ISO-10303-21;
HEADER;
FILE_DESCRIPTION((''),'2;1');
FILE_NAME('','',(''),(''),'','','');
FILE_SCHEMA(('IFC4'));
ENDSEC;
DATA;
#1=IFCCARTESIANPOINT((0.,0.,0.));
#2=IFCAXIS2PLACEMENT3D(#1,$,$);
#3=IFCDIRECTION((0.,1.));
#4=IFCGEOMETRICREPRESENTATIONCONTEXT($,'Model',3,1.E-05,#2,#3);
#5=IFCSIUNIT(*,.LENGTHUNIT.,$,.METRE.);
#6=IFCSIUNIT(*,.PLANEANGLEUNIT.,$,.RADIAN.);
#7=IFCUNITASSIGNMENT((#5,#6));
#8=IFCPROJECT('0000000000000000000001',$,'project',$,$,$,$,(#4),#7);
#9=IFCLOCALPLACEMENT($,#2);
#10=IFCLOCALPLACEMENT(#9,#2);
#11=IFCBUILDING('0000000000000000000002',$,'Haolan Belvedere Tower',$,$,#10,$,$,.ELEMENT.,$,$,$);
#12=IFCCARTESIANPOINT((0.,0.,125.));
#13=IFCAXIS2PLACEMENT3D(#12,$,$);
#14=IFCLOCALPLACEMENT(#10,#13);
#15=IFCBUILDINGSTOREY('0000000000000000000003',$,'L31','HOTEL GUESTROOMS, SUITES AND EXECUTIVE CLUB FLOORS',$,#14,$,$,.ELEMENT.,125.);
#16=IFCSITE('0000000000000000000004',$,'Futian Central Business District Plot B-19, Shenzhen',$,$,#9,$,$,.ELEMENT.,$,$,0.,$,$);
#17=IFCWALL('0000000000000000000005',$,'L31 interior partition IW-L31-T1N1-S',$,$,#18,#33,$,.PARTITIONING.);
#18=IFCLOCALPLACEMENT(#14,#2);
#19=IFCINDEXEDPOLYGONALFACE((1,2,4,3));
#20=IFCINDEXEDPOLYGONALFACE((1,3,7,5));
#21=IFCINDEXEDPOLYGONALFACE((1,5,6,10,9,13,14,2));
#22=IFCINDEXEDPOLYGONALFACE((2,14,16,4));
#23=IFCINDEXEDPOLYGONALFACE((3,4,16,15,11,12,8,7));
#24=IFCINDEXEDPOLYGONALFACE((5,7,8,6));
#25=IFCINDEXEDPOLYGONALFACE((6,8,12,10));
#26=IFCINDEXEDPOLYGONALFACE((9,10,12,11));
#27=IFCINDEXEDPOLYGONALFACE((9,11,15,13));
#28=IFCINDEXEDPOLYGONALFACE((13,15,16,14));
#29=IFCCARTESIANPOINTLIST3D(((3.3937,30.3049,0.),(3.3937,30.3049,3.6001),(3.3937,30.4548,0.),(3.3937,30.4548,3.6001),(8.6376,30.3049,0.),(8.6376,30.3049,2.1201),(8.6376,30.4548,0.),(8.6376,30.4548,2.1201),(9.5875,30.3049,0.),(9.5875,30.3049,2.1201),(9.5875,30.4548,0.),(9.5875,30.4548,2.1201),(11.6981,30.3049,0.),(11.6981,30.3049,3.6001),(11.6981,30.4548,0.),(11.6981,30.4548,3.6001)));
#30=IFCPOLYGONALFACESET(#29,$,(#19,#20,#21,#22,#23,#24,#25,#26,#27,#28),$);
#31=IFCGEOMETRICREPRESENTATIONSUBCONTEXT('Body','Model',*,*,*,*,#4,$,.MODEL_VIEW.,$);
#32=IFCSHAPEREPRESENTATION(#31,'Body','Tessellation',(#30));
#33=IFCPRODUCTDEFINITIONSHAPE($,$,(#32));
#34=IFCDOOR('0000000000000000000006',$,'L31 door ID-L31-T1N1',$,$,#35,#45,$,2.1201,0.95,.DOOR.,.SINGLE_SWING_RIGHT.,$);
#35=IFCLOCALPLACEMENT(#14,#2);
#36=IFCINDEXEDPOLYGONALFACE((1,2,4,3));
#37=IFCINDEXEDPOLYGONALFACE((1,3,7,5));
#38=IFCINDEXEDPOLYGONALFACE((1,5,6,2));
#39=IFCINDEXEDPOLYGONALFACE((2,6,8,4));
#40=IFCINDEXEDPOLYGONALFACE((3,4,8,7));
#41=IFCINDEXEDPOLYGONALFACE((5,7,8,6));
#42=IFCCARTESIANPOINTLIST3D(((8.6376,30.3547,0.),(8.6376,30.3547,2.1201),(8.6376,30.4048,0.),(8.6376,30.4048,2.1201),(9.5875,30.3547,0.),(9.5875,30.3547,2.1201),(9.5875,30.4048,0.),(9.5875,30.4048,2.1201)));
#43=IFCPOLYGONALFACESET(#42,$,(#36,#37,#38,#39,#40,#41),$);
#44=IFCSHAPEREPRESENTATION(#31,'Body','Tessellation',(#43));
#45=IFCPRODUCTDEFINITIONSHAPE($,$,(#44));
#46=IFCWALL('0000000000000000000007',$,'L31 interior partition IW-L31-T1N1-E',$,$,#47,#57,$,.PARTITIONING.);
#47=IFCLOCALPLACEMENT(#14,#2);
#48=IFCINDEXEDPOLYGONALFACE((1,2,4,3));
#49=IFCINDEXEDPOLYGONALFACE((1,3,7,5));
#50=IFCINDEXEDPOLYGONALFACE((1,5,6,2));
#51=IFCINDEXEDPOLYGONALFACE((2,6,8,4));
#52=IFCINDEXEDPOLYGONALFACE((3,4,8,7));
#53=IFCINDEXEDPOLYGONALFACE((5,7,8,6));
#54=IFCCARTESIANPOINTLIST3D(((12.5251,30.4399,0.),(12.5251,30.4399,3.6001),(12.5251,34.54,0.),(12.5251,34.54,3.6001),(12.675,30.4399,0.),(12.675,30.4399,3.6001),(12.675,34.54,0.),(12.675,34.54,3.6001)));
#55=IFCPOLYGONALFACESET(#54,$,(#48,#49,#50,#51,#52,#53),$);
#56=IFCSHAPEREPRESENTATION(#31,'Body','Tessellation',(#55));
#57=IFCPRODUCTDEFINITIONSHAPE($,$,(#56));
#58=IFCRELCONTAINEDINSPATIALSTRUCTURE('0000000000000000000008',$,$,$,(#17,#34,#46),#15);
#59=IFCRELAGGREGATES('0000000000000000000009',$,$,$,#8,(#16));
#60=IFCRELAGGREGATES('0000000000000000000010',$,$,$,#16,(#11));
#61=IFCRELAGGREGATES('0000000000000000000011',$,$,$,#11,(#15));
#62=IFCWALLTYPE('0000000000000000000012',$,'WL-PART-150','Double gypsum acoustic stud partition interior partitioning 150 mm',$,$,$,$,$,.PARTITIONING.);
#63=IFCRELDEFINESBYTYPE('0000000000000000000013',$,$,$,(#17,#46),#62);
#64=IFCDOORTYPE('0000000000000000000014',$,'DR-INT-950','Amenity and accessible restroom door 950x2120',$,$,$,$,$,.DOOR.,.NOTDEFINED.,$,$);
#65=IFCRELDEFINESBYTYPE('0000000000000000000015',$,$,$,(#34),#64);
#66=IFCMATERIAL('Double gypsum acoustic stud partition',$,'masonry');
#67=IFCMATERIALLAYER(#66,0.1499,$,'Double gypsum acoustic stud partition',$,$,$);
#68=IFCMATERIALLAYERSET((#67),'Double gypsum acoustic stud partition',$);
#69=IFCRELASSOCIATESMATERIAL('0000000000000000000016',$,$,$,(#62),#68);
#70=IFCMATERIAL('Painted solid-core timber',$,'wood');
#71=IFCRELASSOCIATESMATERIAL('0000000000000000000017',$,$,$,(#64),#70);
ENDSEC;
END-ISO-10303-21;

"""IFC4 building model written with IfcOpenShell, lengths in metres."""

from ifc_helpers import new_model, si_unit, direction, frame, frame_2d, origin, place, context, subcontext, project, spatial, rectangle, extrude, material, layer, layer_set, type_object, element, fill, save


model = new_model("IFC4")

# Units and contexts
model_context = context("Model", 3, precision=1e-05, world=origin(), true_north=direction((0.0, 1.0)))
body_context = subcontext(model_context, "Body", "Model", "MODEL_VIEW")
ifc_project = project(units=[si_unit("LENGTHUNIT", "METRE"), si_unit("PLANEANGLEUNIT", "RADIAN")], contexts=[model_context])

# Site, building, storey
site_placement = place(None, origin())
site = spatial("IfcSite", under=ifc_project, at=site_placement, Name="Futian Central Business District Plot B-19, Shenzhen", CompositionType="ELEMENT", RefElevation=0.0)
building_placement = place(site_placement, origin())
building = spatial("IfcBuilding", under=site, at=building_placement, Name="Haolan Belvedere Tower", CompositionType="ELEMENT")
storey_placement = place(building_placement, frame((0.0, 0.0, 125.0)))
storey = spatial("IfcBuildingStorey", under=building, at=storey_placement, Name="L31", Description="HOTEL GUESTROOMS, SUITES AND EXECUTIVE CLUB FLOORS", CompositionType="ELEMENT", Elevation=125.0)

# Shared definitions
ifc_material_1 = material(Name="Double gypsum acoustic stud partition", Category="masonry")
ifc_layer_1 = layer(ifc_material_1, 0.1499, Name="Double gypsum acoustic stud partition")
ifc_layer_set_1 = layer_set([ifc_layer_1], Name="Double gypsum acoustic stud partition")
wall_type_1 = type_object("IfcWallType", Name="WL-PART-150", Description="Double gypsum acoustic stud partition interior partitioning 150 mm", PredefinedType="PARTITIONING", material=ifc_layer_set_1)

# Wall, opening, door
wall_1_placement = place(storey_placement, frame((3.3936, 30.3799, 0.0), z_axis=(0.0, 0.0, 1.0), x_axis=(1.0, 0.0, 0.0)))
wall_1 = element("IfcWall", 1, at=wall_1_placement, inside=storey, type_object=wall_type_1, Name="L31 interior partition IW-L31-T1N1-S", PredefinedType="PARTITIONING", context=body_context, shape_type="SweptSolid", body=[
    extrude(rectangle(XDim=8.3044, YDim=0.1499, at=frame_2d((4.1523, 0.0))), origin(), (0.0, 0.0, 1.0), 3.6001),
])
opening_1_placement = place(wall_1_placement, frame((5.2439, 0.0, 0.0)))
opening_1 = element("IfcOpeningElement", 2, at=opening_1_placement, cuts=wall_1, PredefinedType="OPENING", context=body_context, shape_type="SweptSolid", body=[
    extrude(rectangle(XDim=0.95, YDim=2.1201, at=frame_2d((0.4751, 1.0601))), frame((0.0, 0.085, 0.0), z_axis=(0.0, -1.0, 0.0), x_axis=(1.0, 0.0, 0.0)), (0.0, 0.0, 1.0), 0.1699),
])
ifc_material_2 = material(Name="Painted solid-core timber", Category="wood")
door_type_1 = type_object("IfcDoorType", Name="DR-INT-950", Description="Amenity and accessible restroom door 950x2120", OperationType="NOTDEFINED", PredefinedType="DOOR", material=ifc_material_2)
door_1_placement = place(opening_1_placement, origin())
door_1 = element("IfcDoor", 3, at=door_1_placement, inside=storey, type_object=door_type_1, Name="L31 door ID-L31-T1N1", OperationType="SINGLE_SWING_RIGHT", OverallHeight=2.1201, OverallWidth=0.95, PredefinedType="DOOR", context=body_context, shape_type="SweptSolid", body=[
    extrude(rectangle(XDim=0.95, YDim=2.1201, at=frame_2d((0.4751, 1.0601))), frame((0.0, 0.0249, 0.0), z_axis=(0.0, -1.0, 0.0), x_axis=(1.0, 0.0, 0.0)), (0.0, 0.0, 1.0), 0.05),
])
fill(opening_1, door_1)

# Wall
wall_2_placement = place(storey_placement, frame((12.6001, 30.4399, 0.0), z_axis=(0.0, 0.0, 1.0), x_axis=(0.0, 1.0, 0.0)))
element("IfcWall", 4, at=wall_2_placement, inside=storey, type_object=wall_type_1, Name="L31 interior partition IW-L31-T1N1-E", PredefinedType="PARTITIONING", context=body_context, shape_type="SweptSolid", body=[
    extrude(rectangle(XDim=4.1001, YDim=0.1499, at=frame_2d((2.05, 0.0))), origin(), (0.0, 0.0, 1.0), 3.6001),
])

save(model, "model.ifc")
